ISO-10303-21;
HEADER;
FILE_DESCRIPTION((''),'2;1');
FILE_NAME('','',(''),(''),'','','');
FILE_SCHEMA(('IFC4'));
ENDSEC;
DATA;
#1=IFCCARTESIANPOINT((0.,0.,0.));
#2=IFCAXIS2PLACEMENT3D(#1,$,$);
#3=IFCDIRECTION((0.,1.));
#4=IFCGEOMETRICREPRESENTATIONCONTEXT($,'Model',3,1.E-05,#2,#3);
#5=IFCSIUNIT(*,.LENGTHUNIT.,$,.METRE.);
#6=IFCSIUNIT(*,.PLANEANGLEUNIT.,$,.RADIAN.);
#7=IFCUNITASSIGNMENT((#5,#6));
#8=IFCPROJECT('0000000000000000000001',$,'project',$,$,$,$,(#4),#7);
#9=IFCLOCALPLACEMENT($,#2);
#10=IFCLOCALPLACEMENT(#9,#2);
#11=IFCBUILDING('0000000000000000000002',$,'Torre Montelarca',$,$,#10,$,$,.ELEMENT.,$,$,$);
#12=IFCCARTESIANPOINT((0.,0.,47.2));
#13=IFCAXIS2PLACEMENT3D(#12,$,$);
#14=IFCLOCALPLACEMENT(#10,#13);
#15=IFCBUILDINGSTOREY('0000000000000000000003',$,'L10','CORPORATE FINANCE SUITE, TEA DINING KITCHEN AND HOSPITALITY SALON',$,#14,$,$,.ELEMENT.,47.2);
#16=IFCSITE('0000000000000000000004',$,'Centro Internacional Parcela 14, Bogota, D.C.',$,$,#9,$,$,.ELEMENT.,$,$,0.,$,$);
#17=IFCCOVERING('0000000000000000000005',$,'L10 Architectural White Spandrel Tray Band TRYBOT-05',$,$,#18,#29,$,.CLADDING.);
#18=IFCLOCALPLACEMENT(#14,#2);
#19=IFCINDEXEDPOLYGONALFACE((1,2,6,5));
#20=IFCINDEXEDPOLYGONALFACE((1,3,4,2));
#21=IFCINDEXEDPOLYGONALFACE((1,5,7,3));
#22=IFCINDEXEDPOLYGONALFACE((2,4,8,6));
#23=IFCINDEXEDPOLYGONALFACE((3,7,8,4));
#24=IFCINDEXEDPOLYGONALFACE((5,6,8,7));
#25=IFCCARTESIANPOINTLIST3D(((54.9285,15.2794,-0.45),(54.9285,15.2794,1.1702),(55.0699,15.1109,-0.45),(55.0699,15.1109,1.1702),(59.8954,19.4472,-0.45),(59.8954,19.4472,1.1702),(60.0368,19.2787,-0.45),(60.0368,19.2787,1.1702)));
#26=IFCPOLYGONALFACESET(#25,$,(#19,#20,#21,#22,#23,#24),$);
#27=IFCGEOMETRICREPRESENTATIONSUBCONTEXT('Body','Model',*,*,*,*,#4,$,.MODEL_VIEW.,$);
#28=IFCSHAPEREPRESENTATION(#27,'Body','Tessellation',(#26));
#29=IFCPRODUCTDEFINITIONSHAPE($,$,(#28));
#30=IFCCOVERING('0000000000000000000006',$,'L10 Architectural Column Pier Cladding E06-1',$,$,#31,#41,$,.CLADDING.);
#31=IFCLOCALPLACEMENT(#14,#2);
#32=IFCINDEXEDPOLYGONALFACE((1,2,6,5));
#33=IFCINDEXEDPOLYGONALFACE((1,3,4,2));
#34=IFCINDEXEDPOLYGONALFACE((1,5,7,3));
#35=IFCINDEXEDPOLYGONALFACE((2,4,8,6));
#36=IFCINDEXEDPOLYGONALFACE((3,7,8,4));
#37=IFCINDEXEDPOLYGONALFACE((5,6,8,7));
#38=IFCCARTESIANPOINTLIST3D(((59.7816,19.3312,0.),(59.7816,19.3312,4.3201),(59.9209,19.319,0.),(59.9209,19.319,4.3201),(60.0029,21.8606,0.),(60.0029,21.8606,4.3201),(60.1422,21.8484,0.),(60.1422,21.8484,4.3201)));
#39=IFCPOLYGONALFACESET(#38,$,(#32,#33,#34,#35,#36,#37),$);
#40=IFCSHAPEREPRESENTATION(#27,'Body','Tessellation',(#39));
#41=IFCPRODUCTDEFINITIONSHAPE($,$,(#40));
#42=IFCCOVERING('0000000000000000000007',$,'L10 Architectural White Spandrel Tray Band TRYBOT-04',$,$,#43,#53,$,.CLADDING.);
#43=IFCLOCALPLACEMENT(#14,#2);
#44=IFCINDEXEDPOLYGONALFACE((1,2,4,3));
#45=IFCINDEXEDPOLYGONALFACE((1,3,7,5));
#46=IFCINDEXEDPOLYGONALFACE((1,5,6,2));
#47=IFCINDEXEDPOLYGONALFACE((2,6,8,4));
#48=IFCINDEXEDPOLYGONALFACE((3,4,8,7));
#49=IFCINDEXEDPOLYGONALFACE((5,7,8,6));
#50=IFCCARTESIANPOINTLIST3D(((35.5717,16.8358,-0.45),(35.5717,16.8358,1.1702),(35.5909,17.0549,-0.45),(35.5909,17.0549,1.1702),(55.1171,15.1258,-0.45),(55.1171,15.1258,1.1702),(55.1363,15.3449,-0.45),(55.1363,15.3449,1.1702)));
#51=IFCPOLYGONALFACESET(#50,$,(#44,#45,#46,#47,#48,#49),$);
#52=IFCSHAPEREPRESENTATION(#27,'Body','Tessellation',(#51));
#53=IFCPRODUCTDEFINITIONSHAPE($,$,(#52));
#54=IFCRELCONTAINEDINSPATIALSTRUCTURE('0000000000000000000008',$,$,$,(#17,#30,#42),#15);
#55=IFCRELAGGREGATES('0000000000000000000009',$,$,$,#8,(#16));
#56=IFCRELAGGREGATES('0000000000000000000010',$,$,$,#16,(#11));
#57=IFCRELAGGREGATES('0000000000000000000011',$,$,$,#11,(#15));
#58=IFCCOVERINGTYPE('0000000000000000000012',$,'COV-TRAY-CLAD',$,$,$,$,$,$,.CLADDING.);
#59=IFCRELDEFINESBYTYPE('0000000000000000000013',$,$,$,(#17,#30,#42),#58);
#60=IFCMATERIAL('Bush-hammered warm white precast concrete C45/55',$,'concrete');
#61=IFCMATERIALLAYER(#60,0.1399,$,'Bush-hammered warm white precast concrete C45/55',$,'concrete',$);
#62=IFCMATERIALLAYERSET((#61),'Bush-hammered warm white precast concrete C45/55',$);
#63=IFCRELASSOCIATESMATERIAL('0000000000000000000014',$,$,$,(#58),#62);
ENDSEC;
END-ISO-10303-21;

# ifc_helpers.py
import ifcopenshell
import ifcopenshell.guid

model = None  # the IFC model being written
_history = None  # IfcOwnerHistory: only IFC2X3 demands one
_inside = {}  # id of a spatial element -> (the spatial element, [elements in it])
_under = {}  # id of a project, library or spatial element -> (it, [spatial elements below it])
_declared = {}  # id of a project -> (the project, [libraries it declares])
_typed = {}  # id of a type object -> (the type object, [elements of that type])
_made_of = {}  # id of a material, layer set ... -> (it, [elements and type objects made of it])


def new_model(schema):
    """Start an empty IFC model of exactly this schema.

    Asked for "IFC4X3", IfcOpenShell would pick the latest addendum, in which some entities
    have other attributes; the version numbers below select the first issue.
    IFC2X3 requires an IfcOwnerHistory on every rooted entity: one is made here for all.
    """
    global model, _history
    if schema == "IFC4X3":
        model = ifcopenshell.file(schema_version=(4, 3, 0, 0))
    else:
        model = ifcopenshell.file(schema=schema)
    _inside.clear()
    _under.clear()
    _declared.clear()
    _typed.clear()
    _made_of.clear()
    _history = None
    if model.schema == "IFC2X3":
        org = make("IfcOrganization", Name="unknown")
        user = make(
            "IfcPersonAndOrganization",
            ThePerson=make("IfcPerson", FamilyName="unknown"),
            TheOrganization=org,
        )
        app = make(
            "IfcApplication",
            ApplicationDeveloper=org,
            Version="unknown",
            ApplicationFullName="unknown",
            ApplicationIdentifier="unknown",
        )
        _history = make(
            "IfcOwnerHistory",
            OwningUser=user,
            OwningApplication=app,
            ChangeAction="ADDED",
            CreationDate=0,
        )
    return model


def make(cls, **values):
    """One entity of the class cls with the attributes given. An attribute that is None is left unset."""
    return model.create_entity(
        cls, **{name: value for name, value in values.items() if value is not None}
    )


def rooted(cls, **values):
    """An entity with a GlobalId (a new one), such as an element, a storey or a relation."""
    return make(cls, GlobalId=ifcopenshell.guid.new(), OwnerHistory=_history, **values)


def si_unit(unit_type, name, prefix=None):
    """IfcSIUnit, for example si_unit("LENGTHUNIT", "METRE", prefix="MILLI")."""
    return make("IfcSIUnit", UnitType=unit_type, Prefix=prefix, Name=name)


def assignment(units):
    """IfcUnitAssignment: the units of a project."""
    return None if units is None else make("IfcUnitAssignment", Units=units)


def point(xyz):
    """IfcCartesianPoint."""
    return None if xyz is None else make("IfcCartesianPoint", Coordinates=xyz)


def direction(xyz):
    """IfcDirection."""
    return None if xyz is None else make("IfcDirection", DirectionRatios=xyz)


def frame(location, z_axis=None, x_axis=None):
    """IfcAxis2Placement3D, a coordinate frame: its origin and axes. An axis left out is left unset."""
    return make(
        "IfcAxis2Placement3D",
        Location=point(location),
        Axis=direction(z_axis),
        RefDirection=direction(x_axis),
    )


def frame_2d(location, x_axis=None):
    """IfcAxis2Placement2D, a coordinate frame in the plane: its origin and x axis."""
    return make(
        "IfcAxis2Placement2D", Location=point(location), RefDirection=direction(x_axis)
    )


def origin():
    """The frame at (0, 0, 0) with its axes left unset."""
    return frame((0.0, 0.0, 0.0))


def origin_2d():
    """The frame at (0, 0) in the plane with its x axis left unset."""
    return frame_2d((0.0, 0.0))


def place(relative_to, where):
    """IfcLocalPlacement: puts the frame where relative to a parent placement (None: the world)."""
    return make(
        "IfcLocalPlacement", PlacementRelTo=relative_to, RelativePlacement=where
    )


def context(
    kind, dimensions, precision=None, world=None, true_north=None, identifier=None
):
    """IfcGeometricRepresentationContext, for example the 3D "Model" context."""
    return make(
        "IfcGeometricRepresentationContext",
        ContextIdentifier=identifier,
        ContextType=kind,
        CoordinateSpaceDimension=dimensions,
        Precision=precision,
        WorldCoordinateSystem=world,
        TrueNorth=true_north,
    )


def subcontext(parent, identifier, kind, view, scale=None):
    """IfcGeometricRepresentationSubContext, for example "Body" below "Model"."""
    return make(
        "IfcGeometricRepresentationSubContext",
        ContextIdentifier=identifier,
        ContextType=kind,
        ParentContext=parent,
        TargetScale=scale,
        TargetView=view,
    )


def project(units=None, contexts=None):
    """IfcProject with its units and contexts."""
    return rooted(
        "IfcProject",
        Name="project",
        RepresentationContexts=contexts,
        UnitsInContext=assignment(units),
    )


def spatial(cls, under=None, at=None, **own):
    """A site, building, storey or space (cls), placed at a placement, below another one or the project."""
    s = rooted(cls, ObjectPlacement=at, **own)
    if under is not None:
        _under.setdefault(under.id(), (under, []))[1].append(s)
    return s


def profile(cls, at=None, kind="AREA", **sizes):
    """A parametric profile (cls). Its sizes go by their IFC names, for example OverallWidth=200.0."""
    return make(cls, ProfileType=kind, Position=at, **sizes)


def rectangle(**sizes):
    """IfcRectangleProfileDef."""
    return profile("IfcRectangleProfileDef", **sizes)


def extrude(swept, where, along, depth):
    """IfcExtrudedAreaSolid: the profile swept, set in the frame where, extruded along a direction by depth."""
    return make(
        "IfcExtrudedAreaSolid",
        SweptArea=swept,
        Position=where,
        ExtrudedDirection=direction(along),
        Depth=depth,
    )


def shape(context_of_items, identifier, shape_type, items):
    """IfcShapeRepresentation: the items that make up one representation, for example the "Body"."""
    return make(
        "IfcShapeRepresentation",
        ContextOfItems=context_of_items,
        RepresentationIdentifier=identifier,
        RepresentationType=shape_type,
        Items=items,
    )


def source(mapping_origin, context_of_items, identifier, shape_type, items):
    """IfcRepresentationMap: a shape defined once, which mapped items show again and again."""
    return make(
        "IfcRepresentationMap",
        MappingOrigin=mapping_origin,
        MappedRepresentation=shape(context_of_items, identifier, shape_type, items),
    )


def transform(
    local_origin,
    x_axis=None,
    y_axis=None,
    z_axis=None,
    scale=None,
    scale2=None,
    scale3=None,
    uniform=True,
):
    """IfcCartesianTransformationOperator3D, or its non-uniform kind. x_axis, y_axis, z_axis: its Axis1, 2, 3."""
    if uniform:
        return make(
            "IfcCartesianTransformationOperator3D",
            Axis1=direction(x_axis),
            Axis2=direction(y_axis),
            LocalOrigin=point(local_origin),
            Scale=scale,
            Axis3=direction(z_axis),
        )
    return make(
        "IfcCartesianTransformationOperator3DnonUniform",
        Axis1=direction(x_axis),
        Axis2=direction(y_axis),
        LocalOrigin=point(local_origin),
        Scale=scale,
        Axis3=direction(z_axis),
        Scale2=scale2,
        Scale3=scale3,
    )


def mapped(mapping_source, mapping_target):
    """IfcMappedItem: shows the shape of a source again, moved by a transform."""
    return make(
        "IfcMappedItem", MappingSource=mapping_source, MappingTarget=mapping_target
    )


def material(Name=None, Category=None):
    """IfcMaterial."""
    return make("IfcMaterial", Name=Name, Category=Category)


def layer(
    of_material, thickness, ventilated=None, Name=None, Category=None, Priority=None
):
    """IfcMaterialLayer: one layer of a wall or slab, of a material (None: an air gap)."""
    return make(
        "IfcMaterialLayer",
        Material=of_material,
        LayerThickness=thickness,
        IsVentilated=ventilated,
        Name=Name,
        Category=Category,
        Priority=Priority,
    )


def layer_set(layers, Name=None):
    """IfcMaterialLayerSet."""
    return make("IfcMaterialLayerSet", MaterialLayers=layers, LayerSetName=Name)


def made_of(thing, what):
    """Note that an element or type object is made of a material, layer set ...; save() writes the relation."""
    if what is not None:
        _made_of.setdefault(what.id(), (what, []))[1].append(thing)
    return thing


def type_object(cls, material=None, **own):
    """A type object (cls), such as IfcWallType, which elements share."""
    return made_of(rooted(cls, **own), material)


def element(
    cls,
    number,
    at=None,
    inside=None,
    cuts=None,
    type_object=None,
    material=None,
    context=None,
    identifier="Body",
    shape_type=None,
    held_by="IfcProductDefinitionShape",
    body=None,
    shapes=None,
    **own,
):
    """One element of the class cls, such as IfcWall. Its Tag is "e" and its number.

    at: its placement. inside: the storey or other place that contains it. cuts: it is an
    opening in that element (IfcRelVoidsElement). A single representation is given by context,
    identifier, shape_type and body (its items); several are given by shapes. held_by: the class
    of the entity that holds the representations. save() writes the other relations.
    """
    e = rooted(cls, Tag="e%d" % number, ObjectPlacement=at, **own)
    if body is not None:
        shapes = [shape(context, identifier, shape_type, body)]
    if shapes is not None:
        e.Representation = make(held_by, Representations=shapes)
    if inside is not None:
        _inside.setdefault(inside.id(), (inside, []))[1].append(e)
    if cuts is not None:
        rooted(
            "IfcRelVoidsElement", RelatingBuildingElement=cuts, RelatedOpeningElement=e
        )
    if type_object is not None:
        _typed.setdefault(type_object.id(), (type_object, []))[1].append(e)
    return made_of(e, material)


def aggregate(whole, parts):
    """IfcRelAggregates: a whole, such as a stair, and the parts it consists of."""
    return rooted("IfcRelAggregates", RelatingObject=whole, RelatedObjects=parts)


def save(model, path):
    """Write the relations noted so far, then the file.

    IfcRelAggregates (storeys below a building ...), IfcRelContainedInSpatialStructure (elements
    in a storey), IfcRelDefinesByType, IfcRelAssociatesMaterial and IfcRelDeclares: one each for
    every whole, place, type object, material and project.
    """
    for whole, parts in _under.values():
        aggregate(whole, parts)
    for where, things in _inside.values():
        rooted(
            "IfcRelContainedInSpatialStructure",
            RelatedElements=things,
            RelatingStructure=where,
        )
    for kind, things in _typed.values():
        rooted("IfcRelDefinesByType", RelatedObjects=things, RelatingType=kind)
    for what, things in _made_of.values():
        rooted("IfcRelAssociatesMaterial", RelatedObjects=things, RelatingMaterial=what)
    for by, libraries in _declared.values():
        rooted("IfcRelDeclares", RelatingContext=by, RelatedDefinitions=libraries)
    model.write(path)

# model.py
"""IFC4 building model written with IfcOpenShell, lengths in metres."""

from ifc_helpers import new_model, si_unit, direction, frame, origin, origin_2d, place, context, subcontext, project, spatial, rectangle, extrude, source, transform, mapped, material, layer, layer_set, type_object, element, save


model = new_model("IFC4")

# Units and contexts
model_context = context("Model", 3, precision=1e-05, world=origin(), true_north=direction((0.0, 1.0)))
body_context = subcontext(model_context, "Body", "Model", "MODEL_VIEW")
ifc_project = project(units=[si_unit("LENGTHUNIT", "METRE"), si_unit("PLANEANGLEUNIT", "RADIAN")], contexts=[model_context])

# Site, building, storey
site_placement = place(None, origin())
site = spatial("IfcSite", under=ifc_project, at=site_placement, Name="Centro Internacional Parcela 14, Bogota, D.C.", CompositionType="ELEMENT", RefElevation=0.0)
building_placement = place(site_placement, origin())
building = spatial("IfcBuilding", under=site, at=building_placement, Name="Torre Montelarca", CompositionType="ELEMENT")
storey_placement = place(building_placement, frame((0.0, 0.0, 47.2)))
storey = spatial("IfcBuildingStorey", under=building, at=storey_placement, Name="L10", Description="CORPORATE FINANCE SUITE, TEA DINING KITCHEN AND HOSPITALITY SALON", CompositionType="ELEMENT", Elevation=47.2)

# Coverings
ifc_material_1 = material(Name="Bush-hammered warm white precast concrete C45/55", Category="concrete")
ifc_layer_1 = layer(ifc_material_1, 0.1399, Name="Bush-hammered warm white precast concrete C45/55", Category="concrete")
ifc_layer_set_1 = layer_set([ifc_layer_1], Name="Bush-hammered warm white precast concrete C45/55")
covering_type = type_object("IfcCoveringType", Name="COV-TRAY-CLAD", PredefinedType="CLADDING", material=ifc_layer_set_1)
shared_shape_1 = source(origin(), body_context, "Body", "SweptSolid", [
    extrude(rectangle(XDim=6.4839, YDim=0.22, at=origin_2d()), origin(), (0.0, 0.0, 1.0), 1.6201),
])
covering_1_placement = place(storey_placement, frame((57.4827, 17.2791, -0.45), z_axis=(0.0, 0.0, 1.0), x_axis=(0.766044, 0.642788, 0.0)))
element("IfcCovering", 1, at=covering_1_placement, inside=storey, type_object=covering_type, Name="L10 Architectural White Spandrel Tray Band TRYBOT-05", PredefinedType="CLADDING", context=body_context, shape_type="MappedRepresentation", body=[
    mapped(shared_shape_1, transform((0.0, 0.0, 0.0), scale=1.0)),
])
shared_shape_2 = source(origin(), body_context, "Body", "SweptSolid", [
    extrude(rectangle(XDim=2.5391, YDim=0.1399, at=origin_2d()), origin(), (0.0, 0.0, 1.0), 4.3201),
])
covering_2_placement = place(storey_placement, frame((59.9619, 20.5898, 0.0), z_axis=(0.0, 0.0, 1.0), x_axis=(0.087161, 0.996194, 0.0)))
element("IfcCovering", 2, at=covering_2_placement, inside=storey, type_object=covering_type, Name="L10 Architectural Column Pier Cladding E06-1", PredefinedType="CLADDING", context=body_context, shape_type="MappedRepresentation", body=[
    mapped(shared_shape_2, transform((0.0, 0.0, 0.0), scale=1.0)),
])
shared_shape_3 = source(origin(), body_context, "Body", "SweptSolid", [
    extrude(rectangle(XDim=19.6201, YDim=0.22, at=origin_2d()), origin(), (0.0, 0.0, 1.0), 1.6201),
])
covering_3_placement = place(storey_placement, frame((45.354, 16.0903, -0.45), z_axis=(0.0, 0.0, 1.0), x_axis=(0.996195, -0.087154, 0.0)))
element("IfcCovering", 3, at=covering_3_placement, inside=storey, type_object=covering_type, Name="L10 Architectural White Spandrel Tray Band TRYBOT-04", PredefinedType="CLADDING", context=body_context, shape_type="MappedRepresentation", body=[
    mapped(shared_shape_3, transform((0.0, 0.0, 0.0), scale=1.0)),
])

save(model, "model.ifc")
